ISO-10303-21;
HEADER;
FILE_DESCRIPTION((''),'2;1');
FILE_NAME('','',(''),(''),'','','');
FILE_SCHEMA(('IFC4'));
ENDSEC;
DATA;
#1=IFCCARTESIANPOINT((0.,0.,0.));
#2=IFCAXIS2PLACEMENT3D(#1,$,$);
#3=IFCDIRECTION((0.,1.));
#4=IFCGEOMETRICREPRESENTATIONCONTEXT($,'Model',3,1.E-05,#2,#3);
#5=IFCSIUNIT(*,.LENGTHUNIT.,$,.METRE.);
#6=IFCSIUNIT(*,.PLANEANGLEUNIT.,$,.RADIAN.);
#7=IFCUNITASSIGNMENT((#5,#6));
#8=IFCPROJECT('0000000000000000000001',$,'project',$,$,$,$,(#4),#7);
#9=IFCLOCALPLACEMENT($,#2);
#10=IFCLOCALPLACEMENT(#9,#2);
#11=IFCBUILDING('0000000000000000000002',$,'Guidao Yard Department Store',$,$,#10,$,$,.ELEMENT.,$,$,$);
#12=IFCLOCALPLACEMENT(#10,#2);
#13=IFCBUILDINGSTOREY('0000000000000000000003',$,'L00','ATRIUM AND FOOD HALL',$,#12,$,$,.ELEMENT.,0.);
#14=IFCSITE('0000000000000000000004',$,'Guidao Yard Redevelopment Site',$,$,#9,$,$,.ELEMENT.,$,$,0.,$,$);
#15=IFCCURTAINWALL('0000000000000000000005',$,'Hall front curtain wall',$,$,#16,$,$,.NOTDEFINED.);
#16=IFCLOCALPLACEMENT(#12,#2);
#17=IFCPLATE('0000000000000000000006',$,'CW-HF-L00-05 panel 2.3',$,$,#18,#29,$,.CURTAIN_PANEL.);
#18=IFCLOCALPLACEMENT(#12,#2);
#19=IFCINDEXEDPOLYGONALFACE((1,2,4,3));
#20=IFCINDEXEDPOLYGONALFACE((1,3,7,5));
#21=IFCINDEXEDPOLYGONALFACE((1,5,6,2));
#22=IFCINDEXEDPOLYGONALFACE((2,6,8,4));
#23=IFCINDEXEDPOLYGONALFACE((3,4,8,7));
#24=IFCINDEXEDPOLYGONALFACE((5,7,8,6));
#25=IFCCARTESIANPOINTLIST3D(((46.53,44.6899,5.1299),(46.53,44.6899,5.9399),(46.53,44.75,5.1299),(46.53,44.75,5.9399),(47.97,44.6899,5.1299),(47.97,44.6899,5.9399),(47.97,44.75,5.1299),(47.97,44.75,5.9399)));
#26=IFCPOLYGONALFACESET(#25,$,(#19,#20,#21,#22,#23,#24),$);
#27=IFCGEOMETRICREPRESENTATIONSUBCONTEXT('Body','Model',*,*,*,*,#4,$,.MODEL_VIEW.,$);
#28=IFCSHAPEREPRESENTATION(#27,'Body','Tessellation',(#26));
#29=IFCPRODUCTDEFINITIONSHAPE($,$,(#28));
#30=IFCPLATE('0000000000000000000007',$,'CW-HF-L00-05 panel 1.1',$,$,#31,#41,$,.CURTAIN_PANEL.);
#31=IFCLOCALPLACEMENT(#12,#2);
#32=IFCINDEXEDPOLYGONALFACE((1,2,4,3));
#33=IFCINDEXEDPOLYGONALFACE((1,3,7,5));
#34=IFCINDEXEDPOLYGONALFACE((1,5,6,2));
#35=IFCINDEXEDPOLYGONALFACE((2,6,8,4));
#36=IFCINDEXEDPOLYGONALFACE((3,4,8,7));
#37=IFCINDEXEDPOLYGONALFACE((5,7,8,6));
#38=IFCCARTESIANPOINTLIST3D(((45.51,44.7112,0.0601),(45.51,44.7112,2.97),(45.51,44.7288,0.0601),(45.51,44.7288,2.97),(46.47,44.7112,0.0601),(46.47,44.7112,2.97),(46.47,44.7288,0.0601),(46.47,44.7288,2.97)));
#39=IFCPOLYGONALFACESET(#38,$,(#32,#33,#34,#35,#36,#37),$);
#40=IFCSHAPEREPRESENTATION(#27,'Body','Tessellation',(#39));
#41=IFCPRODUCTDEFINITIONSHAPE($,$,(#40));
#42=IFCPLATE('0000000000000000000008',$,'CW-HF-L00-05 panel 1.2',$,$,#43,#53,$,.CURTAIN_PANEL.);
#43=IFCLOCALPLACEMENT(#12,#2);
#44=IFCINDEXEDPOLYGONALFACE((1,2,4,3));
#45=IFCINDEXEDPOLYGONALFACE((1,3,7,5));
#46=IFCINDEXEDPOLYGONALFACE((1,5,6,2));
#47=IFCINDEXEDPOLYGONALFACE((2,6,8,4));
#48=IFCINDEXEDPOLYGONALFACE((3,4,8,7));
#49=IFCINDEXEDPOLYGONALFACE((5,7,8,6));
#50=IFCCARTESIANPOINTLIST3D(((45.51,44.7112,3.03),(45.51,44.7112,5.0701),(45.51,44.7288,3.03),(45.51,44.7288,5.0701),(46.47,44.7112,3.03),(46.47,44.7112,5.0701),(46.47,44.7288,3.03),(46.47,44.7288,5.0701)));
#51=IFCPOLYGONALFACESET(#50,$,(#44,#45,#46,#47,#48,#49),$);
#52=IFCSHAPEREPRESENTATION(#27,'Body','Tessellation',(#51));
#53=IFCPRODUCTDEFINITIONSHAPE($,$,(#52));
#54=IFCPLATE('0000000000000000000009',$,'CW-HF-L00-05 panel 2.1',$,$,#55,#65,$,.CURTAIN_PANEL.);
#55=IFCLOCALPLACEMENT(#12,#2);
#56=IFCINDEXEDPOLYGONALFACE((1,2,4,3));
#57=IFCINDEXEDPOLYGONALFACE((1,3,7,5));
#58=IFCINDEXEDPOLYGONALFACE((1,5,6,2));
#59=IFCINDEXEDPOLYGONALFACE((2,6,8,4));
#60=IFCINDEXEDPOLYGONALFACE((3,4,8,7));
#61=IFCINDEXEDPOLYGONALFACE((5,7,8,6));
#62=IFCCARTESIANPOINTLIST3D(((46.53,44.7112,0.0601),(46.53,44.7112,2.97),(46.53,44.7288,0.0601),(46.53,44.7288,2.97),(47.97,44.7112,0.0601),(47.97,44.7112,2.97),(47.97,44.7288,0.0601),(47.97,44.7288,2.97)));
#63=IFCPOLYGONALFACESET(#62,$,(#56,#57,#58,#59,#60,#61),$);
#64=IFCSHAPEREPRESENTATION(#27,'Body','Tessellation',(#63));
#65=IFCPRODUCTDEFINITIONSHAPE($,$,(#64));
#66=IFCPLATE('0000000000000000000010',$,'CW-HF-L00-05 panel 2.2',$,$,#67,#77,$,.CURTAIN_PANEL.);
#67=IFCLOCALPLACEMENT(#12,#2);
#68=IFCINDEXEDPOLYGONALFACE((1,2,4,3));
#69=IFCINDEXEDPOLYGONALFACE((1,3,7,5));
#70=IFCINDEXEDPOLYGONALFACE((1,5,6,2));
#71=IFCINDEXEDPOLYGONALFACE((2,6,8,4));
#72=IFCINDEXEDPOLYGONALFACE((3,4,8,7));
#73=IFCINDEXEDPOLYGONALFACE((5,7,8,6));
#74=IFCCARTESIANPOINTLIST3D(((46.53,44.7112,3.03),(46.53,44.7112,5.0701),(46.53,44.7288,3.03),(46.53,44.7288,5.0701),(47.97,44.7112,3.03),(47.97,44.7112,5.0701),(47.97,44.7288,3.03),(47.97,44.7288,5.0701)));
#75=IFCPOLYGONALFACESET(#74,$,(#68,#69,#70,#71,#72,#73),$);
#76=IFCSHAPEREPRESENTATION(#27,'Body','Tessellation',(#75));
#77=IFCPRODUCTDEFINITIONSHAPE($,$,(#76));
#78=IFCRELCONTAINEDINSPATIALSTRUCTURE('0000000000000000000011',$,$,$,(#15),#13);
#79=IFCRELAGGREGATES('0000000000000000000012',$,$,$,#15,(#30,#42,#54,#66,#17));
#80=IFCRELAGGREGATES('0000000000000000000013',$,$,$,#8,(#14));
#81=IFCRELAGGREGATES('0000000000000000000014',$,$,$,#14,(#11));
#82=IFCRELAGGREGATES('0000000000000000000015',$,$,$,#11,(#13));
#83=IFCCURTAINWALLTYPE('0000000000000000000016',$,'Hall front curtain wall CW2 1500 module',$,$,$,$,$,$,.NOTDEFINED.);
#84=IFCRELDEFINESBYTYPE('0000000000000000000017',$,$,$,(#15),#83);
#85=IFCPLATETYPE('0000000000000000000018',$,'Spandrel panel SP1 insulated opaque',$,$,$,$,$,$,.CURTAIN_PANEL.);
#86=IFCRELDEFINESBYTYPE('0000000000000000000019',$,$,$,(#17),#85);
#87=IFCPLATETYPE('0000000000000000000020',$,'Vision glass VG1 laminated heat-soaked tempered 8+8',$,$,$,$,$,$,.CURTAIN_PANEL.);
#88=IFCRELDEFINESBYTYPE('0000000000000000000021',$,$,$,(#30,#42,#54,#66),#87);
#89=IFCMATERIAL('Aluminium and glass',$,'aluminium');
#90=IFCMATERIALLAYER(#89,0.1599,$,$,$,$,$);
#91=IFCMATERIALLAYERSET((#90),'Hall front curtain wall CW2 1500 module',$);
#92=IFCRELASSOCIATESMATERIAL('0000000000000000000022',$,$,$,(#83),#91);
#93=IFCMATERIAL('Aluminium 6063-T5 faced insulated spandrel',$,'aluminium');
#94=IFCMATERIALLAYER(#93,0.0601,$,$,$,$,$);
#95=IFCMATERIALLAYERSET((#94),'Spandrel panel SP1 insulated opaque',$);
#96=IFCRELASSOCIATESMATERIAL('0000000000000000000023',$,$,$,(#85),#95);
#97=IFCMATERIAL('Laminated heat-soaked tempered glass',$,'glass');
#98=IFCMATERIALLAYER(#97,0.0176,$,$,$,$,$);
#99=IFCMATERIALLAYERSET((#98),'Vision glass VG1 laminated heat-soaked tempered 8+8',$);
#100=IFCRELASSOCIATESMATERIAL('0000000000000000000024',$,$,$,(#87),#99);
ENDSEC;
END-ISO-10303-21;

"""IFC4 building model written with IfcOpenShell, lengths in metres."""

from ifc_helpers import new_model, si_unit, direction, frame, origin, origin_2d, place, context, subcontext, project, spatial, rectangle, extrude, material, layer, layer_set, type_object, element, aggregate, save


model = new_model("IFC4")

# Units and contexts
model_context = context("Model", 3, precision=1e-05, world=origin(), true_north=direction((0.0, 1.0)))
body_context = subcontext(model_context, "Body", "Model", "MODEL_VIEW")
ifc_project = project(units=[si_unit("LENGTHUNIT", "METRE"), si_unit("PLANEANGLEUNIT", "RADIAN")], contexts=[model_context])

# Site, building, storey
site_placement = place(None, origin())
site = spatial("IfcSite", under=ifc_project, at=site_placement, Name="Guidao Yard Redevelopment Site", CompositionType="ELEMENT", RefElevation=0.0)
building_placement = place(site_placement, origin())
building = spatial("IfcBuilding", under=site, at=building_placement, Name="Guidao Yard Department Store", CompositionType="ELEMENT")
storey_placement = place(building_placement, origin())
storey = spatial("IfcBuildingStorey", under=building, at=storey_placement, Name="L00", Description="ATRIUM AND FOOD HALL", CompositionType="ELEMENT", Elevation=0.0)

# Curtain wall, plates
ifc_material_1 = material(Name="Aluminium and glass", Category="aluminium")
ifc_layer_1 = layer(ifc_material_1, 0.1599)
ifc_layer_set_1 = layer_set([ifc_layer_1], Name="Hall front curtain wall CW2 1500 module")
curtain_wall_type = type_object("IfcCurtainWallType", Name="Hall front curtain wall CW2 1500 module", PredefinedType="NOTDEFINED", material=ifc_layer_set_1)
curtain_wall_placement = place(storey_placement, origin())
curtain_wall = element("IfcCurtainWall", 1, at=curtain_wall_placement, inside=storey, type_object=curtain_wall_type, Name="Hall front curtain wall", PredefinedType="NOTDEFINED")
ifc_material_2 = material(Name="Aluminium 6063-T5 faced insulated spandrel", Category="aluminium")
ifc_layer_2 = layer(ifc_material_2, 0.0601)
ifc_layer_set_2 = layer_set([ifc_layer_2], Name="Spandrel panel SP1 insulated opaque")
plate_type_1 = type_object("IfcPlateType", Name="Spandrel panel SP1 insulated opaque", PredefinedType="CURTAIN_PANEL", material=ifc_layer_set_2)
plate_1_placement = place(storey_placement, frame((47.25, 44.72, 5.1299), z_axis=(0.0, 0.0, 1.0), x_axis=(-1.0, 0.0, 0.0)))
plate_1 = element("IfcPlate", 2, at=plate_1_placement, type_object=plate_type_1, Name="CW-HF-L00-05 panel 2.3", PredefinedType="CURTAIN_PANEL", context=body_context, shape_type="SweptSolid", body=[
    extrude(rectangle(XDim=1.4399, YDim=0.0601, at=origin_2d()), origin(), (0.0, 0.0, 1.0), 0.8101),
])
ifc_material_3 = material(Name="Laminated heat-soaked tempered glass", Category="glass")
ifc_layer_3 = layer(ifc_material_3, 0.0176)
ifc_layer_set_3 = layer_set([ifc_layer_3], Name="Vision glass VG1 laminated heat-soaked tempered 8+8")
plate_type_2 = type_object("IfcPlateType", Name="Vision glass VG1 laminated heat-soaked tempered 8+8", PredefinedType="CURTAIN_PANEL", material=ifc_layer_set_3)
plate_2_placement = place(storey_placement, frame((45.99, 44.72, 0.0601), z_axis=(0.0, 0.0, 1.0), x_axis=(-1.0, 0.0, 0.0)))
plate_2 = element("IfcPlate", 3, at=plate_2_placement, type_object=plate_type_2, Name="CW-HF-L00-05 panel 1.1", PredefinedType="CURTAIN_PANEL", context=body_context, shape_type="SweptSolid", body=[
    extrude(rectangle(XDim=0.96, YDim=0.0176, at=origin_2d()), origin(), (0.0, 0.0, 1.0), 2.9099),
])
plate_3_placement = place(storey_placement, frame((45.99, 44.72, 3.03), z_axis=(0.0, 0.0, 1.0), x_axis=(-1.0, 0.0, 0.0)))
plate_3 = element("IfcPlate", 4, at=plate_3_placement, type_object=plate_type_2, Name="CW-HF-L00-05 panel 1.2", PredefinedType="CURTAIN_PANEL", context=body_context, shape_type="SweptSolid", body=[
    extrude(rectangle(XDim=0.96, YDim=0.0176, at=origin_2d()), origin(), (0.0, 0.0, 1.0), 2.04),
])
plate_4_placement = place(storey_placement, frame((47.25, 44.72, 0.0601), z_axis=(0.0, 0.0, 1.0), x_axis=(-1.0, 0.0, 0.0)))
plate_4 = element("IfcPlate", 5, at=plate_4_placement, type_object=plate_type_2, Name="CW-HF-L00-05 panel 2.1", PredefinedType="CURTAIN_PANEL", context=body_context, shape_type="SweptSolid", body=[
    extrude(rectangle(XDim=1.4399, YDim=0.0176, at=origin_2d()), origin(), (0.0, 0.0, 1.0), 2.9099),
])
plate_5_placement = place(storey_placement, frame((47.25, 44.72, 3.03), z_axis=(0.0, 0.0, 1.0), x_axis=(-1.0, 0.0, 0.0)))
plate_5 = element("IfcPlate", 6, at=plate_5_placement, type_object=plate_type_2, Name="CW-HF-L00-05 panel 2.2", PredefinedType="CURTAIN_PANEL", context=body_context, shape_type="SweptSolid", body=[
    extrude(rectangle(XDim=1.4399, YDim=0.0176, at=origin_2d()), origin(), (0.0, 0.0, 1.0), 2.04),
])
aggregate(curtain_wall, [plate_2, plate_3, plate_4, plate_5, plate_1])

save(model, "model.ifc")
